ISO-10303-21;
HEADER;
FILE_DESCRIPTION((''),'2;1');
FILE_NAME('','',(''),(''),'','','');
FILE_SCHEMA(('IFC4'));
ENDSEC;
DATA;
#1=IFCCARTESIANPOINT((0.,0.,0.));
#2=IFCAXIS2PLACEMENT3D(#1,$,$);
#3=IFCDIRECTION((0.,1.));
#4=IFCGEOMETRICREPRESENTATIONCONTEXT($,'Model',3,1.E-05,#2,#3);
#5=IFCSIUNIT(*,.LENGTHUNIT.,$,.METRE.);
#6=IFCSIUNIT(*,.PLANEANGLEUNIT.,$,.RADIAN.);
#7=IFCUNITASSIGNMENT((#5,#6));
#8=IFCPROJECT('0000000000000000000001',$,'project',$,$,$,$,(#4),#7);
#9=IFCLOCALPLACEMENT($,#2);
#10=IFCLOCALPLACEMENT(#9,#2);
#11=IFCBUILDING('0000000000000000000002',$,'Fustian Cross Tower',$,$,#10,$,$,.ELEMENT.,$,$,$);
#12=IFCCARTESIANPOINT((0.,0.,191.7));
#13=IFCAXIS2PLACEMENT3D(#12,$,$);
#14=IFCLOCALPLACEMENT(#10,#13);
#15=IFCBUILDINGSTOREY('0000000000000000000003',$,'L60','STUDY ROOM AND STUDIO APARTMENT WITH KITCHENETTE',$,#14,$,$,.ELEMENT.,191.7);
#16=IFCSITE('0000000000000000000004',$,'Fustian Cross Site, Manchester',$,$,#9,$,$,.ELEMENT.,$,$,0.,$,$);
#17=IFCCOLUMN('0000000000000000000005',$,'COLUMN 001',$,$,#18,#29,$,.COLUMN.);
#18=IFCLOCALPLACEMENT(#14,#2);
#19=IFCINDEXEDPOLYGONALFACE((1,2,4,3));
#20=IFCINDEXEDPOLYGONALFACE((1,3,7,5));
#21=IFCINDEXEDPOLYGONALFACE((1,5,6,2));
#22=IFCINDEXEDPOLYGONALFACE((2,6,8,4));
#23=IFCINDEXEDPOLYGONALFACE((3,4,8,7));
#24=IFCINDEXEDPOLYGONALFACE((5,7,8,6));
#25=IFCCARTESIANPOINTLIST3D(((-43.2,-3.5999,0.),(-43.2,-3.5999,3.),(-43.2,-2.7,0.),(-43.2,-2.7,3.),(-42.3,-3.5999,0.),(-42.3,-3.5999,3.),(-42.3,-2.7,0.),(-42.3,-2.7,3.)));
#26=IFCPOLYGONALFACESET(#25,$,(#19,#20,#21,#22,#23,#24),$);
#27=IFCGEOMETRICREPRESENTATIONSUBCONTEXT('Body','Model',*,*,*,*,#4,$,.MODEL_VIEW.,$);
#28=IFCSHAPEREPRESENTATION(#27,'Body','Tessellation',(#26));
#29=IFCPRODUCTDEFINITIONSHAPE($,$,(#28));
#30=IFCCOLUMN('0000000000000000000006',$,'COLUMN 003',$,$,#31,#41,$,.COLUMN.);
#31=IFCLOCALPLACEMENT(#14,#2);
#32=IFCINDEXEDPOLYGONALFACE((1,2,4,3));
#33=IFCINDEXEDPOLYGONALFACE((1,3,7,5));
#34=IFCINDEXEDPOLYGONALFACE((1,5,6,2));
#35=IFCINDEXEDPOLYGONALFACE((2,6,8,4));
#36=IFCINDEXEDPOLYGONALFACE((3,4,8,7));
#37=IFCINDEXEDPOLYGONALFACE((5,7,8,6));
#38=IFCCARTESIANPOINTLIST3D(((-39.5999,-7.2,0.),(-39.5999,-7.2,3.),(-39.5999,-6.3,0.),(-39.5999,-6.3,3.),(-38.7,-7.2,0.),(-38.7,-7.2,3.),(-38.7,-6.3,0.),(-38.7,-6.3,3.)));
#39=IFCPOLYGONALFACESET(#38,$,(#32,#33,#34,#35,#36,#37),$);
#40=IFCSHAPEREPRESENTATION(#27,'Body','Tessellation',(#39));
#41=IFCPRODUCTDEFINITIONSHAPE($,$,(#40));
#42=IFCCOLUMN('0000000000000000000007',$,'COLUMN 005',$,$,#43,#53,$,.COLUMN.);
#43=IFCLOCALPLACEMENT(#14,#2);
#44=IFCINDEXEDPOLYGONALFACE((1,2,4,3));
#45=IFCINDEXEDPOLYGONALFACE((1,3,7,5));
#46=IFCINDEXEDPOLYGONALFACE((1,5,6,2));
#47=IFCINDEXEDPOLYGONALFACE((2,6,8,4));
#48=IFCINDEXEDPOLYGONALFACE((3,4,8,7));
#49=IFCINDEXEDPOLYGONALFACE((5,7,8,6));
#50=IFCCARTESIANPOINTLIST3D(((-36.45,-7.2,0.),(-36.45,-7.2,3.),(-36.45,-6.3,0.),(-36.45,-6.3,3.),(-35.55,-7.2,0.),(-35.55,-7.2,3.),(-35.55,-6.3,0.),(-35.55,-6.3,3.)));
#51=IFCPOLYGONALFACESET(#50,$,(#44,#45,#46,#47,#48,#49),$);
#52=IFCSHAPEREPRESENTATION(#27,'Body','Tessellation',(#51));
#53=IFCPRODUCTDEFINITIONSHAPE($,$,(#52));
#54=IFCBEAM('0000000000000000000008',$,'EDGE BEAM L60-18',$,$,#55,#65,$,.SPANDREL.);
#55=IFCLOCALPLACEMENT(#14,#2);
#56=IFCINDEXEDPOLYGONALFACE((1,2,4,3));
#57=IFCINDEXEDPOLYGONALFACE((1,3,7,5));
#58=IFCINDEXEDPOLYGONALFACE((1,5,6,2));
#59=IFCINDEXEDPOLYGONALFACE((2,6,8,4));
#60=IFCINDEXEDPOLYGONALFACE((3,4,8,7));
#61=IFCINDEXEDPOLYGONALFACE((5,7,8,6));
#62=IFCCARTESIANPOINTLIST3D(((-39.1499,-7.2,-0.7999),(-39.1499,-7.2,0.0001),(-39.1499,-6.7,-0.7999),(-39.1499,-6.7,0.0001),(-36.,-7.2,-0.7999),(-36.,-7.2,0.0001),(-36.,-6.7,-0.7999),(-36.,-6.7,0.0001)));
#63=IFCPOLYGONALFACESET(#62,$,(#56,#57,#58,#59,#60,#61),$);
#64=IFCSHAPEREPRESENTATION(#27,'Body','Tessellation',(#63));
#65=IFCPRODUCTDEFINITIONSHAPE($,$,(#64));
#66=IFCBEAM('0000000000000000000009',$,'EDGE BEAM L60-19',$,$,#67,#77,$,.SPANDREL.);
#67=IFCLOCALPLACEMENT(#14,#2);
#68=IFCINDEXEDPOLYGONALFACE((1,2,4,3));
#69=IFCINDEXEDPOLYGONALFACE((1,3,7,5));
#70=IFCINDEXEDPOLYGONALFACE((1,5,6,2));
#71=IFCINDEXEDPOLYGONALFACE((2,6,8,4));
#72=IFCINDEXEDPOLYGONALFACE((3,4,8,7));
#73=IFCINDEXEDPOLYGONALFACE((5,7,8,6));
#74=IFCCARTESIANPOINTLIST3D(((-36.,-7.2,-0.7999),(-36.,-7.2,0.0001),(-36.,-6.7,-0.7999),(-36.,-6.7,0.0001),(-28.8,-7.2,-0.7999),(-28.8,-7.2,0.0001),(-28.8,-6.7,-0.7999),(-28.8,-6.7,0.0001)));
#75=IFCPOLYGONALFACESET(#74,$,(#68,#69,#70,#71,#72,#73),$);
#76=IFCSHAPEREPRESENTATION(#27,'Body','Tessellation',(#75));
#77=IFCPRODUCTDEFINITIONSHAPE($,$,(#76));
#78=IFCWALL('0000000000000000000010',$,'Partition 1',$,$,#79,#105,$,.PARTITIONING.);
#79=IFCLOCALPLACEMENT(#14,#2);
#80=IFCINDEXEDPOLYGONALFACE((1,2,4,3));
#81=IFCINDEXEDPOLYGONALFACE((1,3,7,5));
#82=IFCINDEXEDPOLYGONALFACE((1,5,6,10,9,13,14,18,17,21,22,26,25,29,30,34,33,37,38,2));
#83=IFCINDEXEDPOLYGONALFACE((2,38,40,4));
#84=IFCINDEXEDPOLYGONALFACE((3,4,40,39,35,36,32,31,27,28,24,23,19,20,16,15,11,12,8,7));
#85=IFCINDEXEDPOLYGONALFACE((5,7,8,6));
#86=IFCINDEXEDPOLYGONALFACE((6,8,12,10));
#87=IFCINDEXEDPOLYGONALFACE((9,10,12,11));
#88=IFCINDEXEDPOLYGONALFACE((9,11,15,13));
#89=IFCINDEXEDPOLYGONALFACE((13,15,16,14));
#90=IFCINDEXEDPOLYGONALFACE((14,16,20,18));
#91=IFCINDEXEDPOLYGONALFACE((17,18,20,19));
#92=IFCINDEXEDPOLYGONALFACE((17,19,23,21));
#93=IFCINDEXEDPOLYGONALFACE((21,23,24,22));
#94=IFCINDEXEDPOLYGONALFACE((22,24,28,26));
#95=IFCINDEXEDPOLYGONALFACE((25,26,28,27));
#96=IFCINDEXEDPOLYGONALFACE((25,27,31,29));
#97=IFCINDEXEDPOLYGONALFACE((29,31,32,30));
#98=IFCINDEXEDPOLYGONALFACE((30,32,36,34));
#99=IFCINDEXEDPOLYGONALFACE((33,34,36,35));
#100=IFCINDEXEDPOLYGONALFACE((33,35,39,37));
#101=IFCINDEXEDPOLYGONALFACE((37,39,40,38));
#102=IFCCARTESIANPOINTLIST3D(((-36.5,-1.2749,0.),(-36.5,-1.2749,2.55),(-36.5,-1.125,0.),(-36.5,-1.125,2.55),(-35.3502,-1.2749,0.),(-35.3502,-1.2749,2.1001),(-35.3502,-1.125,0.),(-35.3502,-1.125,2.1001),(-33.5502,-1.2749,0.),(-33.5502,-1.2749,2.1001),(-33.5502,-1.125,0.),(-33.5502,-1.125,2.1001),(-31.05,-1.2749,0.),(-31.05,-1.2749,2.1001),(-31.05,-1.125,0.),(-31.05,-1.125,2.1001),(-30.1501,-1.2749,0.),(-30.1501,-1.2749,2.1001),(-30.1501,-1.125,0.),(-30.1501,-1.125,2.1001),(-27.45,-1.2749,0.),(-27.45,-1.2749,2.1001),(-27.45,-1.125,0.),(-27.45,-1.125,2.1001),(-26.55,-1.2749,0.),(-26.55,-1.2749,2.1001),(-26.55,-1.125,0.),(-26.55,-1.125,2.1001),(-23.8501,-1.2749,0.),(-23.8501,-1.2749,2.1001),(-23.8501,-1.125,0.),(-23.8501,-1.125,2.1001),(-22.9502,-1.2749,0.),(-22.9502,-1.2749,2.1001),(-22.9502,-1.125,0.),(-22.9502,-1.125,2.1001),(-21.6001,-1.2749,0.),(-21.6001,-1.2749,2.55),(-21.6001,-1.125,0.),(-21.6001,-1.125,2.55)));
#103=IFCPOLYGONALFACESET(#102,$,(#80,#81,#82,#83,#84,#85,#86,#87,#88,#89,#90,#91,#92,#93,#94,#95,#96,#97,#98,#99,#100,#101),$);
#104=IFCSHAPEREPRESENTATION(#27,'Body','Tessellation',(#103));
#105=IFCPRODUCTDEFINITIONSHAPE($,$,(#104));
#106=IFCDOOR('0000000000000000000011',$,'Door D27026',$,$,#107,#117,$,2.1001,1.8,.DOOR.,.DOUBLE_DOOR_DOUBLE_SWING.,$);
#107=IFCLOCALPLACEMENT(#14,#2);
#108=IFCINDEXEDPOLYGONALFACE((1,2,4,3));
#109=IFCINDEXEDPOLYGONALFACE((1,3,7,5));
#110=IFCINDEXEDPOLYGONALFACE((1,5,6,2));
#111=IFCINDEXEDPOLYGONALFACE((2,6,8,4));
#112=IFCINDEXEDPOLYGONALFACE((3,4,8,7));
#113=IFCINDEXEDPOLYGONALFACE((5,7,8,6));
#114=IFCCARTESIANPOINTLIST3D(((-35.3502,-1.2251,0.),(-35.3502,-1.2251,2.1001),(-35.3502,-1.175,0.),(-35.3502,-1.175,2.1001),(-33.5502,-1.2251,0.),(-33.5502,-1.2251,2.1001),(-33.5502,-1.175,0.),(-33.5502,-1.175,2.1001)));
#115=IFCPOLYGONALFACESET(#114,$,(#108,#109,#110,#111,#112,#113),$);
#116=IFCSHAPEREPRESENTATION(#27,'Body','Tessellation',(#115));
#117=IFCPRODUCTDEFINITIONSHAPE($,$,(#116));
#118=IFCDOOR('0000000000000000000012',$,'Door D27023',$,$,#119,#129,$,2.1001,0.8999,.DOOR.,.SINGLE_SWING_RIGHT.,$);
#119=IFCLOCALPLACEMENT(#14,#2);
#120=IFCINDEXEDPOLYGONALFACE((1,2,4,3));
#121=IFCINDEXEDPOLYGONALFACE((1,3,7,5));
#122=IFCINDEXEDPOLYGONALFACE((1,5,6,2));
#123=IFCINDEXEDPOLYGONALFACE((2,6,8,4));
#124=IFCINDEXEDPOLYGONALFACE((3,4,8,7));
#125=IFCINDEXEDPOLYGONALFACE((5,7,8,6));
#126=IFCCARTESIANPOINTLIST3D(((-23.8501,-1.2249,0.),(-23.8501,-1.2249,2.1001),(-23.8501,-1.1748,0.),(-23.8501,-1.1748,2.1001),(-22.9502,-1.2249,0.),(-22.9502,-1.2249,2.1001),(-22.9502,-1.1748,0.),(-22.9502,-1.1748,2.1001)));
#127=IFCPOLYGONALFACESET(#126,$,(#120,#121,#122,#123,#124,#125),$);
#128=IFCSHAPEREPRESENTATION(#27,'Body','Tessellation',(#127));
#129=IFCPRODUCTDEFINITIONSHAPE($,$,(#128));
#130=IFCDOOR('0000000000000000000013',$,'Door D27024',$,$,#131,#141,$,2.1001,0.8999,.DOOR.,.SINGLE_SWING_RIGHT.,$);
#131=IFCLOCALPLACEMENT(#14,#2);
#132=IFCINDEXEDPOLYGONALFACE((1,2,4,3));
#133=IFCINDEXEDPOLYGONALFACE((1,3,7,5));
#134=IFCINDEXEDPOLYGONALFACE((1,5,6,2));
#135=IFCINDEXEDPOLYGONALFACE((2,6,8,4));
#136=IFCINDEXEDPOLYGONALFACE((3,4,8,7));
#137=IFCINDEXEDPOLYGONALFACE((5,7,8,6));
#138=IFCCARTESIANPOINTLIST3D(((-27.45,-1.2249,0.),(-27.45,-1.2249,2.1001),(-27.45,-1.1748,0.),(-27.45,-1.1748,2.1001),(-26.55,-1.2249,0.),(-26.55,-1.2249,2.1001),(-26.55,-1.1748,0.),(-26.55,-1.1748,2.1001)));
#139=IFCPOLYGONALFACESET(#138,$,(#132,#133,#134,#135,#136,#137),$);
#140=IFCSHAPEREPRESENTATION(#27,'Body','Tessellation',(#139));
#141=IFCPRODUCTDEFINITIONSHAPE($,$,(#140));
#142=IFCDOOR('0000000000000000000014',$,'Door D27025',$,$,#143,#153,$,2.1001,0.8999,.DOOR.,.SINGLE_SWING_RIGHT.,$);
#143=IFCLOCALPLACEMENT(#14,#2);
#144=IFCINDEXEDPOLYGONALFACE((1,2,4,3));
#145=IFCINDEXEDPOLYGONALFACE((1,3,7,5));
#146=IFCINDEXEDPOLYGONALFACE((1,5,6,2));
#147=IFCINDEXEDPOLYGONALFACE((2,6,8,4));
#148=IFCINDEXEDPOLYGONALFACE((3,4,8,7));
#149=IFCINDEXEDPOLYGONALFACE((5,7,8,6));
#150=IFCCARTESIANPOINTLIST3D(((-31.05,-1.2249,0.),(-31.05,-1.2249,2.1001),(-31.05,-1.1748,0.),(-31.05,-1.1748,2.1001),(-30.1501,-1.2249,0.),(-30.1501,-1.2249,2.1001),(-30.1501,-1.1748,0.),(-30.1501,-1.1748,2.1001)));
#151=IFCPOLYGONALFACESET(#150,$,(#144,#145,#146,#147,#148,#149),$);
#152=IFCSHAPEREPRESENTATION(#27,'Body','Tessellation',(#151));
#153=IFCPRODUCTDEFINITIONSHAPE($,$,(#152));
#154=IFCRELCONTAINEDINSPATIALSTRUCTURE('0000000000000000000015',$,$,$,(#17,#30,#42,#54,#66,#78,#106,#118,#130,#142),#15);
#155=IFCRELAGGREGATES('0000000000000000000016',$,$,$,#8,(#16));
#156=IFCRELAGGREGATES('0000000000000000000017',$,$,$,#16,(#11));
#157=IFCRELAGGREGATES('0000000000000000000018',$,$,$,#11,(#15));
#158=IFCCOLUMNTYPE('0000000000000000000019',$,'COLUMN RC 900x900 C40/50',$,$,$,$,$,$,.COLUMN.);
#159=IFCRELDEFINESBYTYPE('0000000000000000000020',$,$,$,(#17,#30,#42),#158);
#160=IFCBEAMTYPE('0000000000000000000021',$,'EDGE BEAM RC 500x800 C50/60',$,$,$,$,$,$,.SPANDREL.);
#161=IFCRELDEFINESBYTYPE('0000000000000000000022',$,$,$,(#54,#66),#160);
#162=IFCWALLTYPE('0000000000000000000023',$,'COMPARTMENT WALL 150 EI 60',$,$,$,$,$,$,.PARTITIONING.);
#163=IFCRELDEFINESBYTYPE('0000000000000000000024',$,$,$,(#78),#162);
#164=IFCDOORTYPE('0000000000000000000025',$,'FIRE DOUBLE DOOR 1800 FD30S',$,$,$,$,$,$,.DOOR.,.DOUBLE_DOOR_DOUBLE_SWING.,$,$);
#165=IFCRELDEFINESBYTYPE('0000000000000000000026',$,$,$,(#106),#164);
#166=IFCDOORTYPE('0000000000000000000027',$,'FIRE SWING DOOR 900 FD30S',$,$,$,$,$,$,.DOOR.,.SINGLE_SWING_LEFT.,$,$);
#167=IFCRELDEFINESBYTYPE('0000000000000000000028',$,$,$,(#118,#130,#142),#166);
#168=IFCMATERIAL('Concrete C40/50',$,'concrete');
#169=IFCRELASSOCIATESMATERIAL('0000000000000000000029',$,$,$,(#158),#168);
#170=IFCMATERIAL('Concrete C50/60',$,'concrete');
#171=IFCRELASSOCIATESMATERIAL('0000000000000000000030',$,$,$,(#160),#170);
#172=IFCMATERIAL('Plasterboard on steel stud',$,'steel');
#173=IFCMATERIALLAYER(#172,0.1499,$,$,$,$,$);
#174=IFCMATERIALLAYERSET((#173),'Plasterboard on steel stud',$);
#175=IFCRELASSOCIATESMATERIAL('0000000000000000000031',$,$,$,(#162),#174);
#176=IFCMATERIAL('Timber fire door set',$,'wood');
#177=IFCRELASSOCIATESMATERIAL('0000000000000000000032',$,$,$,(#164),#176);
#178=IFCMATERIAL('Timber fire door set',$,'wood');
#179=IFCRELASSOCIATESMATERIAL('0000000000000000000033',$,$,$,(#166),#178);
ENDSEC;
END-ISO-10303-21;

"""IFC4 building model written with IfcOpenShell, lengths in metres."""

from ifc_helpers import new_model, si_unit, direction, frame, frame_2d, origin, origin_2d, place, context, subcontext, project, spatial, rectangle, extrude, material, layer, layer_set, material_profile, profile_set, type_object, element, fill, save


model = new_model("IFC4")

# Units and contexts
model_context = context("Model", 3, precision=1e-05, world=origin(), true_north=direction((0.0, 1.0)))
body_context = subcontext(model_context, "Body", "Model", "MODEL_VIEW")
ifc_project = project(units=[si_unit("LENGTHUNIT", "METRE"), si_unit("PLANEANGLEUNIT", "RADIAN")], contexts=[model_context])

# Site, building, storey
site_placement = place(None, origin())
site = spatial("IfcSite", under=ifc_project, at=site_placement, Name="Fustian Cross Site, Manchester", CompositionType="ELEMENT", RefElevation=0.0)
building_placement = place(site_placement, origin())
building = spatial("IfcBuilding", under=site, at=building_placement, Name="Fustian Cross Tower", CompositionType="ELEMENT")
storey_placement = place(building_placement, frame((0.0, 0.0, 191.7)))
storey = spatial("IfcBuildingStorey", under=building, at=storey_placement, Name="L60", Description="STUDY ROOM AND STUDIO APARTMENT WITH KITCHENETTE", CompositionType="ELEMENT", Elevation=191.7)

# Columns
ifc_material_1 = material(Name="Concrete C40/50", Category="concrete")
ifc_material_profile_1 = material_profile(ifc_material_1, rectangle(XDim=0.8999, YDim=0.8999, at=origin_2d()), Name="RC 900x900")
ifc_profile_set_1 = profile_set([ifc_material_profile_1], Name="Concrete C40/50")
column_type = type_object("IfcColumnType", Name="COLUMN RC 900x900 C40/50", PredefinedType="COLUMN", material=ifc_profile_set_1)
for number, where, z_axis, x_axis, name in (
    (1, (-42.75, -3.1499, 0.0), (0.0, 0.0, 1.0), (1.0, 0.0, 0.0), "COLUMN 001"),
    (2, (-39.1499, -6.75, 0.0), (0.0, 0.0, 1.0), (1.0, 0.0, 0.0), "COLUMN 003"),
    (3, (-36.0, -6.75, 0.0), (0.0, 0.0, 1.0), (1.0, 0.0, 0.0), "COLUMN 005"),
):
    element("IfcColumn", number, at=place(storey_placement, frame(where, z_axis=z_axis, x_axis=x_axis)), inside=storey, type_object=column_type, Name=name, PredefinedType="COLUMN", context=body_context, shape_type="SweptSolid", body=[
        extrude(rectangle(XDim=0.8999, YDim=0.8999, at=origin_2d()), origin(), (0.0, 0.0, 1.0), 3.0),
    ])

# Beams
ifc_material_2 = material(Name="Concrete C50/60", Category="concrete")
ifc_material_profile_2 = material_profile(ifc_material_2, rectangle(XDim=0.5, YDim=0.8, at=origin_2d()), Name="RC 500x800")
ifc_profile_set_2 = profile_set([ifc_material_profile_2], Name="Concrete C50/60")
beam_type = type_object("IfcBeamType", Name="EDGE BEAM RC 500x800 C50/60", PredefinedType="SPANDREL", material=ifc_profile_set_2)
beam_1_placement = place(storey_placement, frame((-39.1499, -6.95, -0.3999), z_axis=(1.0, 0.0, 0.0), x_axis=(0.0, 1.0, 0.0)))
element("IfcBeam", 4, at=beam_1_placement, inside=storey, type_object=beam_type, Name="EDGE BEAM L60-18", PredefinedType="SPANDREL", context=body_context, shape_type="SweptSolid", body=[
    extrude(rectangle(XDim=0.5, YDim=0.8, at=origin_2d()), origin(), (0.0, 0.0, 1.0), 3.1499),
])
beam_2_placement = place(storey_placement, frame((-36.0, -6.95, -0.3999), z_axis=(1.0, 0.0, 0.0), x_axis=(0.0, 1.0, 0.0)))
element("IfcBeam", 5, at=beam_2_placement, inside=storey, type_object=beam_type, Name="EDGE BEAM L60-19", PredefinedType="SPANDREL", context=body_context, shape_type="SweptSolid", body=[
    extrude(rectangle(XDim=0.5, YDim=0.8, at=origin_2d()), origin(), (0.0, 0.0, 1.0), 7.2),
])

# Wall, openings, doors
ifc_material_3 = material(Name="Plasterboard on steel stud", Category="steel")
ifc_layer_1 = layer(ifc_material_3, 0.1499)
ifc_layer_set_1 = layer_set([ifc_layer_1], Name="Plasterboard on steel stud")
wall_type_1 = type_object("IfcWallType", Name="COMPARTMENT WALL 150 EI 60", PredefinedType="PARTITIONING", material=ifc_layer_set_1)
wall_1_placement = place(storey_placement, frame((-36.5, -1.2, 0.0), z_axis=(0.0, 0.0, 1.0), x_axis=(1.0, 0.0, 0.0)))
wall_1 = element("IfcWall", 6, at=wall_1_placement, inside=storey, type_object=wall_type_1, Name="Partition 1", PredefinedType="PARTITIONING", context=body_context, shape_type="SweptSolid", body=[
    extrude(rectangle(XDim=14.8999, YDim=0.1499, at=frame_2d((7.45, 0.0))), origin(), (0.0, 0.0, 1.0), 2.55),
])
opening_1_placement = place(wall_1_placement, frame((12.6499, 0.0, 0.0)))
opening_1 = element("IfcOpeningElement", 7, at=opening_1_placement, cuts=wall_1, PredefinedType="OPENING", context=body_context, shape_type="SweptSolid", body=[
    extrude(rectangle(XDim=0.8999, YDim=2.1001, at=frame_2d((0.45, 1.05))), frame((0.0, 0.085, 0.0), z_axis=(0.0, -1.0, 0.0), x_axis=(1.0, 0.0, 0.0)), (0.0, 0.0, 1.0), 0.1699),
])
opening_2_placement = place(wall_1_placement, frame((9.05, 0.0, 0.0)))
opening_2 = element("IfcOpeningElement", 8, at=opening_2_placement, cuts=wall_1, PredefinedType="OPENING", context=body_context, shape_type="SweptSolid", body=[
    extrude(rectangle(XDim=0.8999, YDim=2.1001, at=frame_2d((0.45, 1.05))), frame((0.0, 0.085, 0.0), z_axis=(0.0, -1.0, 0.0), x_axis=(1.0, 0.0, 0.0)), (0.0, 0.0, 1.0), 0.1699),
])
opening_3_placement = place(wall_1_placement, frame((5.45, 0.0, 0.0)))
opening_3 = element("IfcOpeningElement", 9, at=opening_3_placement, cuts=wall_1, PredefinedType="OPENING", context=body_context, shape_type="SweptSolid", body=[
    extrude(rectangle(XDim=0.8999, YDim=2.1001, at=frame_2d((0.45, 1.05))), frame((0.0, 0.085, 0.0), z_axis=(0.0, -1.0, 0.0), x_axis=(1.0, 0.0, 0.0)), (0.0, 0.0, 1.0), 0.1699),
])
opening_4_placement = place(wall_1_placement, frame((1.1499, 0.0, 0.0)))
opening_4 = element("IfcOpeningElement", 10, at=opening_4_placement, cuts=wall_1, PredefinedType="OPENING", context=body_context, shape_type="SweptSolid", body=[
    extrude(rectangle(XDim=1.8, YDim=2.1001, at=frame_2d((0.8999, 1.05))), frame((0.0, 0.085, 0.0), z_axis=(0.0, -1.0, 0.0), x_axis=(1.0, 0.0, 0.0)), (0.0, 0.0, 1.0), 0.1699),
])
ifc_material_4 = material(Name="Timber fire door set", Category="wood")
door_type_1 = type_object("IfcDoorType", Name="FIRE DOUBLE DOOR 1800 FD30S", OperationType="DOUBLE_DOOR_DOUBLE_SWING", PredefinedType="DOOR", material=ifc_material_4)
door_1_placement = place(opening_4_placement, origin())
door_1 = element("IfcDoor", 11, at=door_1_placement, inside=storey, type_object=door_type_1, Name="Door D27026", OperationType="DOUBLE_DOOR_DOUBLE_SWING", OverallHeight=2.1001, OverallWidth=1.8, PredefinedType="DOOR", context=body_context, shape_type="SweptSolid", body=[
    extrude(rectangle(XDim=1.8, YDim=2.1001, at=frame_2d((0.8999, 1.05))), frame((0.0, 0.0249, 0.0), z_axis=(0.0, -1.0, 0.0), x_axis=(1.0, 0.0, 0.0)), (0.0, 0.0, 1.0), 0.05),
])
fill(opening_4, door_1)
ifc_material_5 = material(Name="Timber fire door set", Category="wood")
door_type_2 = type_object("IfcDoorType", Name="FIRE SWING DOOR 900 FD30S", OperationType="SINGLE_SWING_LEFT", PredefinedType="DOOR", material=ifc_material_5)
door_2_placement = place(opening_1_placement, frame((0.8999, 0.0, 0.0), z_axis=(0.0, 0.0, 1.0), x_axis=(-1.0, 0.0, 0.0)))
door_2 = element("IfcDoor", 12, at=door_2_placement, inside=storey, type_object=door_type_2, Name="Door D27023", OperationType="SINGLE_SWING_RIGHT", OverallHeight=2.1001, OverallWidth=0.8999, PredefinedType="DOOR", context=body_context, shape_type="SweptSolid", body=[
    extrude(rectangle(XDim=0.8999, YDim=2.1001, at=frame_2d((0.45, 1.05))), frame((0.0, 0.0249, 0.0), z_axis=(0.0, -1.0, 0.0), x_axis=(1.0, 0.0, 0.0)), (0.0, 0.0, 1.0), 0.05),
])
fill(opening_1, door_2)
door_3_placement = place(opening_2_placement, frame((0.8999, 0.0, 0.0), z_axis=(0.0, 0.0, 1.0), x_axis=(-1.0, 0.0, 0.0)))
door_3 = element("IfcDoor", 13, at=door_3_placement, inside=storey, type_object=door_type_2, Name="Door D27024", OperationType="SINGLE_SWING_RIGHT", OverallHeight=2.1001, OverallWidth=0.8999, PredefinedType="DOOR", context=body_context, shape_type="SweptSolid", body=[
    extrude(rectangle(XDim=0.8999, YDim=2.1001, at=frame_2d((0.45, 1.05))), frame((0.0, 0.0249, 0.0), z_axis=(0.0, -1.0, 0.0), x_axis=(1.0, 0.0, 0.0)), (0.0, 0.0, 1.0), 0.05),
])
fill(opening_2, door_3)
door_4_placement = place(opening_3_placement, frame((0.8999, 0.0, 0.0), z_axis=(0.0, 0.0, 1.0), x_axis=(-1.0, 0.0, 0.0)))
door_4 = element("IfcDoor", 14, at=door_4_placement, inside=storey, type_object=door_type_2, Name="Door D27025", OperationType="SINGLE_SWING_RIGHT", OverallHeight=2.1001, OverallWidth=0.8999, PredefinedType="DOOR", context=body_context, shape_type="SweptSolid", body=[
    extrude(rectangle(XDim=0.8999, YDim=2.1001, at=frame_2d((0.45, 1.05))), frame((0.0, 0.0249, 0.0), z_axis=(0.0, -1.0, 0.0), x_axis=(1.0, 0.0, 0.0)), (0.0, 0.0, 1.0), 0.05),
])
fill(opening_3, door_4)

save(model, "model.ifc")
